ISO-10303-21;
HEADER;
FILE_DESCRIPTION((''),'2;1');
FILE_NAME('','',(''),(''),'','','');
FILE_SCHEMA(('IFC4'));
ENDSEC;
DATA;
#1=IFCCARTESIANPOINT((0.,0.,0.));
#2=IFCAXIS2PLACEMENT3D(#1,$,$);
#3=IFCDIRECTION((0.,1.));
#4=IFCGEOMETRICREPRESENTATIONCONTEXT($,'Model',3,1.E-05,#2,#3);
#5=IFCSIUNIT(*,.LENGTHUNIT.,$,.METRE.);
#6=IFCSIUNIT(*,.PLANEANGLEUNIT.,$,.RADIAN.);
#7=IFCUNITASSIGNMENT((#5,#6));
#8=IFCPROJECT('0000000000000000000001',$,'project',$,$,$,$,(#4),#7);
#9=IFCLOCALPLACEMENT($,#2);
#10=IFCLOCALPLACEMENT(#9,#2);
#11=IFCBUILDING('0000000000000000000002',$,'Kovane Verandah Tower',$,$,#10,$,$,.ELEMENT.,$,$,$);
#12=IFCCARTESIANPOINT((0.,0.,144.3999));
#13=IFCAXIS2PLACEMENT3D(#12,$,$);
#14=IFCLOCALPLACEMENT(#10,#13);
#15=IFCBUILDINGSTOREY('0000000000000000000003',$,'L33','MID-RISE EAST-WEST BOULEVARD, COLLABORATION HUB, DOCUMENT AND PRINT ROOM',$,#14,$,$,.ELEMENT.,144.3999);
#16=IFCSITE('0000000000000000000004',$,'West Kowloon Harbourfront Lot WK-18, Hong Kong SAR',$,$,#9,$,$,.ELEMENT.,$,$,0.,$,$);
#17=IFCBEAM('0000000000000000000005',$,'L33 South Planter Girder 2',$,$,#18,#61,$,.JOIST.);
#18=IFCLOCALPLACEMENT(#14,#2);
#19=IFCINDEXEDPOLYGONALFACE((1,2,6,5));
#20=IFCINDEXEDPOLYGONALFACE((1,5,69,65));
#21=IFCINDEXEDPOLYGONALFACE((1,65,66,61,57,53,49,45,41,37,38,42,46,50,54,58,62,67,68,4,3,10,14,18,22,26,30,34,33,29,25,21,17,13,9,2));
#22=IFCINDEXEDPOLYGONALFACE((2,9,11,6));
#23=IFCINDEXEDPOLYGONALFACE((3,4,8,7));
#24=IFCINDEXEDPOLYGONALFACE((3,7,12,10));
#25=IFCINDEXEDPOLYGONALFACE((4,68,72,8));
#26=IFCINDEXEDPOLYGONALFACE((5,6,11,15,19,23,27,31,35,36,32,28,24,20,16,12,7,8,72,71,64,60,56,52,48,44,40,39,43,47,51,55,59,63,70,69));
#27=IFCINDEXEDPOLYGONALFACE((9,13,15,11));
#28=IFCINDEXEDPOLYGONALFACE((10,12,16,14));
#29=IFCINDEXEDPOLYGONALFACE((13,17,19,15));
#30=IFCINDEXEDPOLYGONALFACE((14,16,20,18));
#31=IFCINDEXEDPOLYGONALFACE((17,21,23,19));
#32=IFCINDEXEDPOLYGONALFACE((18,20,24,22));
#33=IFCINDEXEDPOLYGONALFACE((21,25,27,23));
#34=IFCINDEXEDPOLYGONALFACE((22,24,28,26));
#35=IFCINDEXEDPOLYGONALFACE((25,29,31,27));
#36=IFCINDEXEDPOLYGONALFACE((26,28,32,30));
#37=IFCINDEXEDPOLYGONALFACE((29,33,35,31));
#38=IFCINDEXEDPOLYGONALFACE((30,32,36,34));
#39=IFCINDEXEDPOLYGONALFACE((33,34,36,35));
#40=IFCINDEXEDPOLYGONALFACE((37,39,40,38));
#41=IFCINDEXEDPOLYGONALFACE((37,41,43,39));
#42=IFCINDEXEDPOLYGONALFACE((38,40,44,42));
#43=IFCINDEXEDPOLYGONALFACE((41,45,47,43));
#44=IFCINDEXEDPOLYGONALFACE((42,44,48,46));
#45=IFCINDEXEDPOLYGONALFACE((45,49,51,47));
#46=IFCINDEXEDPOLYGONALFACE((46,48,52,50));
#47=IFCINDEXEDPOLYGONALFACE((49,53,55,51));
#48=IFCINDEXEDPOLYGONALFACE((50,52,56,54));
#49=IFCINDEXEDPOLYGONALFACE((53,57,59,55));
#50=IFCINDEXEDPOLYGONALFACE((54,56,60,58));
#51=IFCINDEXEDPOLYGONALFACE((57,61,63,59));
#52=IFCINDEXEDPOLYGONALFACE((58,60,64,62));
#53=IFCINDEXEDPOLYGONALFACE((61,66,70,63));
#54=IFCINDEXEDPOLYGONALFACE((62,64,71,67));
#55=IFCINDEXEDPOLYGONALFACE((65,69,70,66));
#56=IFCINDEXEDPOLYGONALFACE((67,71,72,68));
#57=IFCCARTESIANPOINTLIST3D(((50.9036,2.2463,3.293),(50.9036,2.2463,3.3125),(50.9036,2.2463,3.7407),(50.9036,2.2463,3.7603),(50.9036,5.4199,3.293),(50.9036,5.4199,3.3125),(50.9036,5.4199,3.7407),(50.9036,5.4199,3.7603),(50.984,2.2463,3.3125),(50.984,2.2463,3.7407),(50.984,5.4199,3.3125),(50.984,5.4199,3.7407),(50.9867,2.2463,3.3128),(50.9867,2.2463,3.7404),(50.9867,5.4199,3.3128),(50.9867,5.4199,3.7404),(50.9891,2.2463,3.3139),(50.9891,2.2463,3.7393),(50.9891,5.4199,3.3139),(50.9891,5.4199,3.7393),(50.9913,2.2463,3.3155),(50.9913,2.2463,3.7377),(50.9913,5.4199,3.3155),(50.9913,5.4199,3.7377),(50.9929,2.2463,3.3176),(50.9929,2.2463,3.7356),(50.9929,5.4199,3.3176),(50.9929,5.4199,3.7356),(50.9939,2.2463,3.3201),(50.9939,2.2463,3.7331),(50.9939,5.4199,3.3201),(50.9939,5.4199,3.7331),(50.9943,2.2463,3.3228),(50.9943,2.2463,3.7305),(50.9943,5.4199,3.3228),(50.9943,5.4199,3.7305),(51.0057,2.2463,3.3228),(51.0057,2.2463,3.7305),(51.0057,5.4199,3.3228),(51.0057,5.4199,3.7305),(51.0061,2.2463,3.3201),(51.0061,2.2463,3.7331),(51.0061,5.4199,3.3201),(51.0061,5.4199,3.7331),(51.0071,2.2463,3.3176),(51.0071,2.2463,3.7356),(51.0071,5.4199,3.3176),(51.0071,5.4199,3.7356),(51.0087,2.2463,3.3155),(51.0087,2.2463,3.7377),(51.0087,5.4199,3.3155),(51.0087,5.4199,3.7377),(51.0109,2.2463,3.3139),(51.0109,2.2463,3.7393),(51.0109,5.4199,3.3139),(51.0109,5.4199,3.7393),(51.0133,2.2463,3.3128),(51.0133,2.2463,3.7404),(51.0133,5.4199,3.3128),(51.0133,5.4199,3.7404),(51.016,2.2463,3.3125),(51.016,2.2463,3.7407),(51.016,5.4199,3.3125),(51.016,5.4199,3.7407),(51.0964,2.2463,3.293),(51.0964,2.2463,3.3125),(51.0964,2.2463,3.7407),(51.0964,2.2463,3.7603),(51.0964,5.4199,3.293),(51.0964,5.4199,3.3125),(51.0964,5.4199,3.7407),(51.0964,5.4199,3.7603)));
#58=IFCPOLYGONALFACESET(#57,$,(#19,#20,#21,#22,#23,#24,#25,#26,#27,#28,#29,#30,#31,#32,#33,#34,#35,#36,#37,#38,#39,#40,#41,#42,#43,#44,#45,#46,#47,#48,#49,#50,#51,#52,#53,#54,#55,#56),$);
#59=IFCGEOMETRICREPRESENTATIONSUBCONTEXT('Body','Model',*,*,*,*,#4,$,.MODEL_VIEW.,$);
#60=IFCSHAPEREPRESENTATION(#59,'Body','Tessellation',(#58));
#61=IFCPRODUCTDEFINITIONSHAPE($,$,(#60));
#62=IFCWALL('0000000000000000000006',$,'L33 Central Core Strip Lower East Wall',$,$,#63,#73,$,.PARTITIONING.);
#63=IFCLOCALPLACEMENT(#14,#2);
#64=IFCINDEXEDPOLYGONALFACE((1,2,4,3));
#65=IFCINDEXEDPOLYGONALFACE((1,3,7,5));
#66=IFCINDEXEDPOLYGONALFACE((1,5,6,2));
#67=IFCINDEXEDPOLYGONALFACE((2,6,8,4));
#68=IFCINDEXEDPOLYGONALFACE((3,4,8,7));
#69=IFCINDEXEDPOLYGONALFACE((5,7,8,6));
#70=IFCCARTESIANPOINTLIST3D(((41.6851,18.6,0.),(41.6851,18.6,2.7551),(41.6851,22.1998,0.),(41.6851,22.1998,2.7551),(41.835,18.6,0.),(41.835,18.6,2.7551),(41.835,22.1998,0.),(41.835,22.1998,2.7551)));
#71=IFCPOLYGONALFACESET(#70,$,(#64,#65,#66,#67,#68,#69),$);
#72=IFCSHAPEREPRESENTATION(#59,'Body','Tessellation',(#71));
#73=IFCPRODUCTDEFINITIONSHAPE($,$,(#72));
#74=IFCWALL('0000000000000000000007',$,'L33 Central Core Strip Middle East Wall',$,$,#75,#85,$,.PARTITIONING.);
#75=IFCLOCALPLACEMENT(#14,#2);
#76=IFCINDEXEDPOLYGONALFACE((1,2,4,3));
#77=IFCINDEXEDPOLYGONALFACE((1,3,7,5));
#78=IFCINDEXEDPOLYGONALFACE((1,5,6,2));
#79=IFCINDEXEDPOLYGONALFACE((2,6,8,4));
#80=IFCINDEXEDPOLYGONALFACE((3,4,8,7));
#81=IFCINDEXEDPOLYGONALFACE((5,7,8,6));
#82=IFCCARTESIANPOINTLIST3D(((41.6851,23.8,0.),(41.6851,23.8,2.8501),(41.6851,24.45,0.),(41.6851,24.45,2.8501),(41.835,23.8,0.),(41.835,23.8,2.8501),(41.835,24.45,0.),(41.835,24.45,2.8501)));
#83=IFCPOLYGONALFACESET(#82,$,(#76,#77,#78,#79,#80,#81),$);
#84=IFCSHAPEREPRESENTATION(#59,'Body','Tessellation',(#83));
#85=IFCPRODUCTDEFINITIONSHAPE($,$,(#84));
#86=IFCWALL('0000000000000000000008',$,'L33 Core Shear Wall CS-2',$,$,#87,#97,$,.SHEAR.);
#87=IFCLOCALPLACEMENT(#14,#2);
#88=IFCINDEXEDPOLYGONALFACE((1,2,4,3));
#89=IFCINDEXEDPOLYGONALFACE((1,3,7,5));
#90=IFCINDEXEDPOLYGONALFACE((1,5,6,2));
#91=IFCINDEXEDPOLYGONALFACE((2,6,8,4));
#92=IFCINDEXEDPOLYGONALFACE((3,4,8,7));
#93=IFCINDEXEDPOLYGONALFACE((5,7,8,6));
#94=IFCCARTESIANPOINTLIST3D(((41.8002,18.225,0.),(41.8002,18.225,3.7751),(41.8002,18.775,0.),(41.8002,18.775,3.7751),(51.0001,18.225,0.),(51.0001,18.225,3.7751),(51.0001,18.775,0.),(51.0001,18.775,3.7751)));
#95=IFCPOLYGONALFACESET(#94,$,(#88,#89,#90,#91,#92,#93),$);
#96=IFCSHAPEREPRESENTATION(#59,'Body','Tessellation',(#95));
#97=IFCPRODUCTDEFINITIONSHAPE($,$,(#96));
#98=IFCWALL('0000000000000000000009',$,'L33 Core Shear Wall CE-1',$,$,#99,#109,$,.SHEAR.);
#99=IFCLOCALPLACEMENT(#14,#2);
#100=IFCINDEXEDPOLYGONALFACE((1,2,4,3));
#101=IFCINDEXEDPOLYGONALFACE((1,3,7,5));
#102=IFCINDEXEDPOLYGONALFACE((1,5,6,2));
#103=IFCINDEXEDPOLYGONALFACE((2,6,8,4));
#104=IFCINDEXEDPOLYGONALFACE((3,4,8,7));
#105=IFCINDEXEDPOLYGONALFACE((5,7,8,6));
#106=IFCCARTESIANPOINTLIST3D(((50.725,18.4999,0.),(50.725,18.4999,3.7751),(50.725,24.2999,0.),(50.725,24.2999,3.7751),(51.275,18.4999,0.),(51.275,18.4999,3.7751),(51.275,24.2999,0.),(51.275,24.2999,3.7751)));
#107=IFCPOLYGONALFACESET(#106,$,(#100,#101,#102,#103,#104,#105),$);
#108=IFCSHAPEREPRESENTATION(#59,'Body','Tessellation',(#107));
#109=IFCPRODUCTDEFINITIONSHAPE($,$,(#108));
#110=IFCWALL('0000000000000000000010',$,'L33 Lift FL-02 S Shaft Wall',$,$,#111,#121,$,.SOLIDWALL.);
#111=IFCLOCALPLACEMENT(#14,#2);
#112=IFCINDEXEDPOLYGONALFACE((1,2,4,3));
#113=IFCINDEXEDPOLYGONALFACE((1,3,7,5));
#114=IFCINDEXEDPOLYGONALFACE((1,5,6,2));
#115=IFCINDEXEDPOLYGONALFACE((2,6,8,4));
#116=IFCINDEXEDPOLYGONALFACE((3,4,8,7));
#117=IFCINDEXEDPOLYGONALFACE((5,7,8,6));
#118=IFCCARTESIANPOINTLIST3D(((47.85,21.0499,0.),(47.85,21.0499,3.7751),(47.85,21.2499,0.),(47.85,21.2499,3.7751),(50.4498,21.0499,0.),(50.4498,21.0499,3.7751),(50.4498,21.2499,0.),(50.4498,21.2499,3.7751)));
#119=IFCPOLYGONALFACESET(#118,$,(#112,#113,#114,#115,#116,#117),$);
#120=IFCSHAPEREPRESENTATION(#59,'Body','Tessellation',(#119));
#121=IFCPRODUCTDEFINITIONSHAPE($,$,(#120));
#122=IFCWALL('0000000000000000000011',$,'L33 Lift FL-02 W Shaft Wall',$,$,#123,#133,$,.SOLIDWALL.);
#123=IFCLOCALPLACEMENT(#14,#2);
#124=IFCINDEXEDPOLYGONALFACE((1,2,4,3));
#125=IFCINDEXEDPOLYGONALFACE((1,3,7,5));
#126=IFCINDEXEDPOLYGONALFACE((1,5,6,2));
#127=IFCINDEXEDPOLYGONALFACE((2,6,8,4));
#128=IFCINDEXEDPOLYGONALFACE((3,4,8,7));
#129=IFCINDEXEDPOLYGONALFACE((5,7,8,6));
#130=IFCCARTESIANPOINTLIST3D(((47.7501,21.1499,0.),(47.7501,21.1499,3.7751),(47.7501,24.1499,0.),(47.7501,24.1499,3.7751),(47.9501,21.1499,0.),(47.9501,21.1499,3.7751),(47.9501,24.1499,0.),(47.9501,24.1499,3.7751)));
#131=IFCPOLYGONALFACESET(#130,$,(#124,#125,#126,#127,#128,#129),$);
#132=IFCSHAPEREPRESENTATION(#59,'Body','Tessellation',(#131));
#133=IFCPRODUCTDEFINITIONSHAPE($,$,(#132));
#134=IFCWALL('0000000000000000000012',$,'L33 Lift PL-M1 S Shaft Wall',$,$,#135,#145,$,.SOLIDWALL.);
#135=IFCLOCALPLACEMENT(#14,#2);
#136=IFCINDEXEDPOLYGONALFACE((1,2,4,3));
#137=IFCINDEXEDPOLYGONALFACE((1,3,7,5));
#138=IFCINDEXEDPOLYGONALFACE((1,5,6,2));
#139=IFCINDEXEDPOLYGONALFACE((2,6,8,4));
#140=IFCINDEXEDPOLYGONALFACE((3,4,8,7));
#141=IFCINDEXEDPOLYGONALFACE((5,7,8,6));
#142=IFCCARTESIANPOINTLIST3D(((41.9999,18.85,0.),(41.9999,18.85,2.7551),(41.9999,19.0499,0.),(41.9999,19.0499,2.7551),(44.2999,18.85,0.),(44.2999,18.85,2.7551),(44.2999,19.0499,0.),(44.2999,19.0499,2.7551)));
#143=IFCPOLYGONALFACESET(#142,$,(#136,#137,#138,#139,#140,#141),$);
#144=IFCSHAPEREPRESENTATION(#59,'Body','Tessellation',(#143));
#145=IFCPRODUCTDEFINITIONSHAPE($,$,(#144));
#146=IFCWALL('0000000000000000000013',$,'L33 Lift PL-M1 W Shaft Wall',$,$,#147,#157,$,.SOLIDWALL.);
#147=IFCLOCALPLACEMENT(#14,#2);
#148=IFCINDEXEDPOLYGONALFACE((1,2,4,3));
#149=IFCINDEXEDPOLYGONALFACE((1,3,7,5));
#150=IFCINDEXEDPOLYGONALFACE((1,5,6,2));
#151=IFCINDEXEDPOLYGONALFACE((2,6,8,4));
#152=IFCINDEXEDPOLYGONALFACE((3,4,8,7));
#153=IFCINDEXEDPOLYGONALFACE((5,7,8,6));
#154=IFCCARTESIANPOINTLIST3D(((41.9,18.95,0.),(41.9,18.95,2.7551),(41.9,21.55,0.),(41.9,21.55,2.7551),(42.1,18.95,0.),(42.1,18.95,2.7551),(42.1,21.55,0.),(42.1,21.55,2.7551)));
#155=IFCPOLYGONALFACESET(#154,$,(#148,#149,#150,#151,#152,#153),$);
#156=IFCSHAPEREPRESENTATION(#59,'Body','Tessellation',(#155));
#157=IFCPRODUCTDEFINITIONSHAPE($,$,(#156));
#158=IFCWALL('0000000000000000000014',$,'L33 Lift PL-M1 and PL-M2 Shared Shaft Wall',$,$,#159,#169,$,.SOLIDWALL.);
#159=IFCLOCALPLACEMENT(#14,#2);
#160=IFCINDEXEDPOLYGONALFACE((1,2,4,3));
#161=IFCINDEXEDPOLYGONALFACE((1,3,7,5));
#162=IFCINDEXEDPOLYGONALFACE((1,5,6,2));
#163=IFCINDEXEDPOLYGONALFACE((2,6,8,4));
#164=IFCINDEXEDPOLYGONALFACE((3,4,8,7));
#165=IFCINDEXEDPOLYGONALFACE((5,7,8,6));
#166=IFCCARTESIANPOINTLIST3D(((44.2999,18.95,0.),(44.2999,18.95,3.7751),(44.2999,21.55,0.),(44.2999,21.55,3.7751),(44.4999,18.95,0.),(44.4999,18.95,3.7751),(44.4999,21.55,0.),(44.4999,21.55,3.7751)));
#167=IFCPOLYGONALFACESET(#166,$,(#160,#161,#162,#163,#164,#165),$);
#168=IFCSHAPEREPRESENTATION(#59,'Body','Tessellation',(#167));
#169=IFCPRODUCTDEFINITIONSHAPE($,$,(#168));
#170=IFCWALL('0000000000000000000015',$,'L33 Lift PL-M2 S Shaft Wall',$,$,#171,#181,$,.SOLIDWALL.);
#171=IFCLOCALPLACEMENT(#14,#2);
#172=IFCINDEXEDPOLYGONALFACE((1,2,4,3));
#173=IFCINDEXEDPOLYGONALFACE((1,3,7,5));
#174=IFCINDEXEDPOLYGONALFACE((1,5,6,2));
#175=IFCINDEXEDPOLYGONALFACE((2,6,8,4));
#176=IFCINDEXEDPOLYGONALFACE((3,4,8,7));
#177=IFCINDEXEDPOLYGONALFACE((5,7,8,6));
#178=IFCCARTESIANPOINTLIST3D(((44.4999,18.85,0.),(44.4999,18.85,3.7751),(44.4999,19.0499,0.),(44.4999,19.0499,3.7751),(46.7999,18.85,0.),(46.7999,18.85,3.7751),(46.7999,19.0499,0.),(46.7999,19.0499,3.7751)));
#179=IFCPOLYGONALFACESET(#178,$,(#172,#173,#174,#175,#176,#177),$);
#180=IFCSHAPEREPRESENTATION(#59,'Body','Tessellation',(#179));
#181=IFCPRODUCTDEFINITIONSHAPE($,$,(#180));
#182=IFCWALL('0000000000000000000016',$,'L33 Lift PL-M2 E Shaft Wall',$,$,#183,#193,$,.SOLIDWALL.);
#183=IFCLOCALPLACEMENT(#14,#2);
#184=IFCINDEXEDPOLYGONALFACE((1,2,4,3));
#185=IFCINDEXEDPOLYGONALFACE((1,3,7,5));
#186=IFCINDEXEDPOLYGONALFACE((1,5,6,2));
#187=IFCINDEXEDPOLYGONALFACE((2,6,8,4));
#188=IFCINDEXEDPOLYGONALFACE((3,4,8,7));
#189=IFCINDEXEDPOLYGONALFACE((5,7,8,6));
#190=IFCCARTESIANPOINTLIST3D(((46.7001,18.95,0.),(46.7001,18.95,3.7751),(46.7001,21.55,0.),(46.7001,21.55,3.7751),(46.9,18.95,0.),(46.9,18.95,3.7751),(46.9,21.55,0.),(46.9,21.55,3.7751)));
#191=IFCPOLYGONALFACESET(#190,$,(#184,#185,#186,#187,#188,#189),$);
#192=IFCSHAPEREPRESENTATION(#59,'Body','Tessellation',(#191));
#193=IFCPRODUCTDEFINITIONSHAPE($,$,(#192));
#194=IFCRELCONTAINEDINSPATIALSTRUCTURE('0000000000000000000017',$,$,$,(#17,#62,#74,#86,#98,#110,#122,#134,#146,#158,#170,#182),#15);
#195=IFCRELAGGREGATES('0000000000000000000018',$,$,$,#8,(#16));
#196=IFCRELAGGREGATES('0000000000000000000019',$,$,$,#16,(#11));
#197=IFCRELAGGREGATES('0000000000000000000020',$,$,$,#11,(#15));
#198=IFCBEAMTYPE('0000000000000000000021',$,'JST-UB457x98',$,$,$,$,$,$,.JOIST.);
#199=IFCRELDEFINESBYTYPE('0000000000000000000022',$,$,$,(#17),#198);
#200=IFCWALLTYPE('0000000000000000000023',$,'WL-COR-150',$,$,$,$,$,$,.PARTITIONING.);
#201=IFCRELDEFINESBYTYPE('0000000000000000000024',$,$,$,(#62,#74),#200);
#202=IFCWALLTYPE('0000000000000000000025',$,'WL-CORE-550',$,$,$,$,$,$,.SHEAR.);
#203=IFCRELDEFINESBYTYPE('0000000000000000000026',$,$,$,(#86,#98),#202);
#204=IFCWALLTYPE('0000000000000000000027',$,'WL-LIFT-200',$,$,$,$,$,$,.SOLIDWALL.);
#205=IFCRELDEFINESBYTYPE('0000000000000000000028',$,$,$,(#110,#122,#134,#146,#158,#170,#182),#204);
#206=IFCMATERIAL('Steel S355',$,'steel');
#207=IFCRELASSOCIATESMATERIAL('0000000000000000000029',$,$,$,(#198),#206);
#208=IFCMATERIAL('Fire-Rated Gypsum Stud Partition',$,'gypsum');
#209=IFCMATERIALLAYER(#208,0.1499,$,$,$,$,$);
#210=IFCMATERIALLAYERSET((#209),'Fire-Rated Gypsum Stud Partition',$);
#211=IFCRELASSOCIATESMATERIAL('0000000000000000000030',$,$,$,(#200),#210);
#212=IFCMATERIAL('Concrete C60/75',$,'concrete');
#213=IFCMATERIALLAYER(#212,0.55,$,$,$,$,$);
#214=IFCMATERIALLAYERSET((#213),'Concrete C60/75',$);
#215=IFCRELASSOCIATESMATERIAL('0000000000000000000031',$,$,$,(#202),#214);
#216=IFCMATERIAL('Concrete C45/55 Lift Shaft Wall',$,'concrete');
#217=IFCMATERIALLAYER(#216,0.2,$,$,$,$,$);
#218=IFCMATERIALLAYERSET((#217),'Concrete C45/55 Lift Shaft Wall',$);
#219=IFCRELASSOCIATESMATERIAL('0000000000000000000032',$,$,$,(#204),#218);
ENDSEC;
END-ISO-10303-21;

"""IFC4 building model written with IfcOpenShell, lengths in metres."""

from ifc_helpers import new_model, si_unit, direction, frame, frame_2d, origin, origin_2d, place, context, subcontext, project, spatial, rectangle, i_section, extrude, material, layer, layer_set, material_profile, profile_set, type_object, element, save


model = new_model("IFC4")

# Units and contexts
model_context = context("Model", 3, precision=1e-05, world=origin(), true_north=direction((0.0, 1.0)))
body_context = subcontext(model_context, "Body", "Model", "MODEL_VIEW")
ifc_project = project(units=[si_unit("LENGTHUNIT", "METRE"), si_unit("PLANEANGLEUNIT", "RADIAN")], contexts=[model_context])

# Site, building, storey
site_placement = place(None, origin())
site = spatial("IfcSite", under=ifc_project, at=site_placement, Name="West Kowloon Harbourfront Lot WK-18, Hong Kong SAR", CompositionType="ELEMENT", RefElevation=0.0)
building_placement = place(site_placement, origin())
building = spatial("IfcBuilding", under=site, at=building_placement, Name="Kovane Verandah Tower", CompositionType="ELEMENT")
storey_placement = place(building_placement, frame((0.0, 0.0, 144.3999)))
storey = spatial("IfcBuildingStorey", under=building, at=storey_placement, Name="L33", Description="MID-RISE EAST-WEST BOULEVARD, COLLABORATION HUB, DOCUMENT AND PRINT ROOM", CompositionType="ELEMENT", Elevation=144.3999)

# Beam
ifc_material_1 = material(Name="Steel S355", Category="steel")
ifc_material_profile_1 = material_profile(ifc_material_1, i_section(OverallWidth=0.1929, OverallDepth=0.4673, WebThickness=0.0115, FlangeThickness=0.0195, FilletRadius=0.0103, at=origin_2d()), Name="UB457x191x98")
ifc_profile_set_1 = profile_set([ifc_material_profile_1], Name="Steel S355")
beam_type_1 = type_object("IfcBeamType", Name="JST-UB457x98", PredefinedType="JOIST", material=ifc_profile_set_1)
beam_1_placement = place(storey_placement, frame((51.0, 5.4199, 3.5266), z_axis=(0.0, -1.0, 0.0), x_axis=(1.0, 0.0, 0.0)))
element("IfcBeam", 1, at=beam_1_placement, inside=storey, type_object=beam_type_1, Name="L33 South Planter Girder 2", PredefinedType="JOIST", context=body_context, shape_type="SweptSolid", body=[
    extrude(i_section(OverallWidth=0.1929, OverallDepth=0.4673, WebThickness=0.0115, FlangeThickness=0.0195, FilletRadius=0.0103, at=origin_2d()), origin(), (0.0, 0.0, 1.0), 3.1736),
])

# Walls
ifc_material_2 = material(Name="Fire-Rated Gypsum Stud Partition", Category="gypsum")
ifc_layer_1 = layer(ifc_material_2, 0.1499)
ifc_layer_set_1 = layer_set([ifc_layer_1], Name="Fire-Rated Gypsum Stud Partition")
wall_type_1 = type_object("IfcWallType", Name="WL-COR-150", PredefinedType="PARTITIONING", material=ifc_layer_set_1)
wall_1_placement = place(storey_placement, frame((41.76, 18.6001, 0.0), z_axis=(0.0, 0.0, 1.0), x_axis=(0.0, 1.0, 0.0)))
element("IfcWall", 2, at=wall_1_placement, inside=storey, type_object=wall_type_1, Name="L33 Central Core Strip Lower East Wall", PredefinedType="PARTITIONING", context=body_context, shape_type="SweptSolid", body=[
    extrude(rectangle(XDim=3.5999, YDim=0.1499, at=frame_2d((1.7998, 0.0))), origin(), (0.0, 0.0, 1.0), 2.7551),
])
wall_2_placement = place(storey_placement, frame((41.76, 23.8, 0.0), z_axis=(0.0, 0.0, 1.0), x_axis=(0.0, 1.0, 0.0)))
element("IfcWall", 3, at=wall_2_placement, inside=storey, type_object=wall_type_1, Name="L33 Central Core Strip Middle East Wall", PredefinedType="PARTITIONING", context=body_context, shape_type="SweptSolid", body=[
    extrude(rectangle(XDim=0.6499, YDim=0.1499, at=frame_2d((0.325, 0.0))), origin(), (0.0, 0.0, 1.0), 2.8501),
])
ifc_material_3 = material(Name="Concrete C60/75", Category="concrete")
ifc_layer_2 = layer(ifc_material_3, 0.55)
ifc_layer_set_2 = layer_set([ifc_layer_2], Name="Concrete C60/75")
wall_type_2 = type_object("IfcWallType", Name="WL-CORE-550", PredefinedType="SHEAR", material=ifc_layer_set_2)
wall_3_placement = place(storey_placement, frame((41.8, 18.5, 0.0), z_axis=(0.0, 0.0, 1.0), x_axis=(1.0, 0.0, 0.0)))
element("IfcWall", 4, at=wall_3_placement, inside=storey, type_object=wall_type_2, Name="L33 Core Shear Wall CS-2", PredefinedType="SHEAR", context=body_context, shape_type="SweptSolid", body=[
    extrude(rectangle(XDim=9.2, YDim=0.55, at=frame_2d((4.6001, 0.0))), origin(), (0.0, 0.0, 1.0), 3.7751),
])
wall_4_placement = place(storey_placement, frame((51.0, 18.5, 0.0), z_axis=(0.0, 0.0, 1.0), x_axis=(0.0, 1.0, 0.0)))
element("IfcWall", 5, at=wall_4_placement, inside=storey, type_object=wall_type_2, Name="L33 Core Shear Wall CE-1", PredefinedType="SHEAR", context=body_context, shape_type="SweptSolid", body=[
    extrude(rectangle(XDim=5.8, YDim=0.55, at=frame_2d((2.8999, 0.0))), origin(), (0.0, 0.0, 1.0), 3.7751),
])
ifc_material_4 = material(Name="Concrete C45/55 Lift Shaft Wall", Category="concrete")
ifc_layer_3 = layer(ifc_material_4, 0.2)
ifc_layer_set_3 = layer_set([ifc_layer_3], Name="Concrete C45/55 Lift Shaft Wall")
wall_type_3 = type_object("IfcWallType", Name="WL-LIFT-200", PredefinedType="SOLIDWALL", material=ifc_layer_set_3)
wall_5_placement = place(storey_placement, frame((47.8501, 21.1499, 0.0), z_axis=(0.0, 0.0, 1.0), x_axis=(1.0, 0.0, 0.0)))
element("IfcWall", 6, at=wall_5_placement, inside=storey, type_object=wall_type_3, Name="L33 Lift FL-02 S Shaft Wall", PredefinedType="SOLIDWALL", context=body_context, shape_type="SweptSolid", body=[
    extrude(rectangle(XDim=2.5999, YDim=0.2, at=frame_2d((1.2998, 0.0))), origin(), (0.0, 0.0, 1.0), 3.7751),
])
wall_6_placement = place(storey_placement, frame((47.8501, 24.1499, 0.0), z_axis=(0.0, 0.0, 1.0), x_axis=(0.0, -1.0, 0.0)))
element("IfcWall", 7, at=wall_6_placement, inside=storey, type_object=wall_type_3, Name="L33 Lift FL-02 W Shaft Wall", PredefinedType="SOLIDWALL", context=body_context, shape_type="SweptSolid", body=[
    extrude(rectangle(XDim=3.0, YDim=0.2, at=frame_2d((1.5, 0.0))), origin(), (0.0, 0.0, 1.0), 3.7751),
])
wall_7_placement = place(storey_placement, frame((42.0, 18.95, 0.0), z_axis=(0.0, 0.0, 1.0), x_axis=(1.0, 0.0, 0.0)))
element("IfcWall", 8, at=wall_7_placement, inside=storey, type_object=wall_type_3, Name="L33 Lift PL-M1 S Shaft Wall", PredefinedType="SOLIDWALL", context=body_context, shape_type="SweptSolid", body=[
    extrude(rectangle(XDim=2.3, YDim=0.2, at=frame_2d((1.1499, 0.0))), origin(), (0.0, 0.0, 1.0), 2.7551),
])

# Walls
wall_8_placement = place(storey_placement, frame((42.0, 21.55, 0.0), z_axis=(0.0, 0.0, 1.0), x_axis=(0.0, -1.0, 0.0)))
element("IfcWall", 9, at=wall_8_placement, inside=storey, type_object=wall_type_3, Name="L33 Lift PL-M1 W Shaft Wall", PredefinedType="SOLIDWALL", context=body_context, shape_type="SweptSolid", body=[
    extrude(rectangle(XDim=2.6001, YDim=0.2, at=frame_2d((1.3, 0.0))), origin(), (0.0, 0.0, 1.0), 2.7551),
])
wall_9_placement = place(storey_placement, frame((44.3999, 18.95, 0.0), z_axis=(0.0, 0.0, 1.0), x_axis=(0.0, 1.0, 0.0)))
element("IfcWall", 10, at=wall_9_placement, inside=storey, type_object=wall_type_3, Name="L33 Lift PL-M1 and PL-M2 Shared Shaft Wall", PredefinedType="SOLIDWALL", context=body_context, shape_type="SweptSolid", body=[
    extrude(rectangle(XDim=2.6001, YDim=0.2, at=frame_2d((1.3, 0.0))), origin(), (0.0, 0.0, 1.0), 3.7751),
])
wall_10_placement = place(storey_placement, frame((44.5, 18.95, 0.0), z_axis=(0.0, 0.0, 1.0), x_axis=(1.0, 0.0, 0.0)))
element("IfcWall", 11, at=wall_10_placement, inside=storey, type_object=wall_type_3, Name="L33 Lift PL-M2 S Shaft Wall", PredefinedType="SOLIDWALL", context=body_context, shape_type="SweptSolid", body=[
    extrude(rectangle(XDim=2.3, YDim=0.2, at=frame_2d((1.1499, 0.0))), origin(), (0.0, 0.0, 1.0), 3.7751),
])

# Wall
wall_11_placement = place(storey_placement, frame((46.8, 18.95, 0.0), z_axis=(0.0, 0.0, 1.0), x_axis=(0.0, 1.0, 0.0)))
element("IfcWall", 12, at=wall_11_placement, inside=storey, type_object=wall_type_3, Name="L33 Lift PL-M2 E Shaft Wall", PredefinedType="SOLIDWALL", context=body_context, shape_type="SweptSolid", body=[
    extrude(rectangle(XDim=2.6001, YDim=0.2, at=frame_2d((1.3, 0.0))), origin(), (0.0, 0.0, 1.0), 3.7751),
])

save(model, "model.ifc")
